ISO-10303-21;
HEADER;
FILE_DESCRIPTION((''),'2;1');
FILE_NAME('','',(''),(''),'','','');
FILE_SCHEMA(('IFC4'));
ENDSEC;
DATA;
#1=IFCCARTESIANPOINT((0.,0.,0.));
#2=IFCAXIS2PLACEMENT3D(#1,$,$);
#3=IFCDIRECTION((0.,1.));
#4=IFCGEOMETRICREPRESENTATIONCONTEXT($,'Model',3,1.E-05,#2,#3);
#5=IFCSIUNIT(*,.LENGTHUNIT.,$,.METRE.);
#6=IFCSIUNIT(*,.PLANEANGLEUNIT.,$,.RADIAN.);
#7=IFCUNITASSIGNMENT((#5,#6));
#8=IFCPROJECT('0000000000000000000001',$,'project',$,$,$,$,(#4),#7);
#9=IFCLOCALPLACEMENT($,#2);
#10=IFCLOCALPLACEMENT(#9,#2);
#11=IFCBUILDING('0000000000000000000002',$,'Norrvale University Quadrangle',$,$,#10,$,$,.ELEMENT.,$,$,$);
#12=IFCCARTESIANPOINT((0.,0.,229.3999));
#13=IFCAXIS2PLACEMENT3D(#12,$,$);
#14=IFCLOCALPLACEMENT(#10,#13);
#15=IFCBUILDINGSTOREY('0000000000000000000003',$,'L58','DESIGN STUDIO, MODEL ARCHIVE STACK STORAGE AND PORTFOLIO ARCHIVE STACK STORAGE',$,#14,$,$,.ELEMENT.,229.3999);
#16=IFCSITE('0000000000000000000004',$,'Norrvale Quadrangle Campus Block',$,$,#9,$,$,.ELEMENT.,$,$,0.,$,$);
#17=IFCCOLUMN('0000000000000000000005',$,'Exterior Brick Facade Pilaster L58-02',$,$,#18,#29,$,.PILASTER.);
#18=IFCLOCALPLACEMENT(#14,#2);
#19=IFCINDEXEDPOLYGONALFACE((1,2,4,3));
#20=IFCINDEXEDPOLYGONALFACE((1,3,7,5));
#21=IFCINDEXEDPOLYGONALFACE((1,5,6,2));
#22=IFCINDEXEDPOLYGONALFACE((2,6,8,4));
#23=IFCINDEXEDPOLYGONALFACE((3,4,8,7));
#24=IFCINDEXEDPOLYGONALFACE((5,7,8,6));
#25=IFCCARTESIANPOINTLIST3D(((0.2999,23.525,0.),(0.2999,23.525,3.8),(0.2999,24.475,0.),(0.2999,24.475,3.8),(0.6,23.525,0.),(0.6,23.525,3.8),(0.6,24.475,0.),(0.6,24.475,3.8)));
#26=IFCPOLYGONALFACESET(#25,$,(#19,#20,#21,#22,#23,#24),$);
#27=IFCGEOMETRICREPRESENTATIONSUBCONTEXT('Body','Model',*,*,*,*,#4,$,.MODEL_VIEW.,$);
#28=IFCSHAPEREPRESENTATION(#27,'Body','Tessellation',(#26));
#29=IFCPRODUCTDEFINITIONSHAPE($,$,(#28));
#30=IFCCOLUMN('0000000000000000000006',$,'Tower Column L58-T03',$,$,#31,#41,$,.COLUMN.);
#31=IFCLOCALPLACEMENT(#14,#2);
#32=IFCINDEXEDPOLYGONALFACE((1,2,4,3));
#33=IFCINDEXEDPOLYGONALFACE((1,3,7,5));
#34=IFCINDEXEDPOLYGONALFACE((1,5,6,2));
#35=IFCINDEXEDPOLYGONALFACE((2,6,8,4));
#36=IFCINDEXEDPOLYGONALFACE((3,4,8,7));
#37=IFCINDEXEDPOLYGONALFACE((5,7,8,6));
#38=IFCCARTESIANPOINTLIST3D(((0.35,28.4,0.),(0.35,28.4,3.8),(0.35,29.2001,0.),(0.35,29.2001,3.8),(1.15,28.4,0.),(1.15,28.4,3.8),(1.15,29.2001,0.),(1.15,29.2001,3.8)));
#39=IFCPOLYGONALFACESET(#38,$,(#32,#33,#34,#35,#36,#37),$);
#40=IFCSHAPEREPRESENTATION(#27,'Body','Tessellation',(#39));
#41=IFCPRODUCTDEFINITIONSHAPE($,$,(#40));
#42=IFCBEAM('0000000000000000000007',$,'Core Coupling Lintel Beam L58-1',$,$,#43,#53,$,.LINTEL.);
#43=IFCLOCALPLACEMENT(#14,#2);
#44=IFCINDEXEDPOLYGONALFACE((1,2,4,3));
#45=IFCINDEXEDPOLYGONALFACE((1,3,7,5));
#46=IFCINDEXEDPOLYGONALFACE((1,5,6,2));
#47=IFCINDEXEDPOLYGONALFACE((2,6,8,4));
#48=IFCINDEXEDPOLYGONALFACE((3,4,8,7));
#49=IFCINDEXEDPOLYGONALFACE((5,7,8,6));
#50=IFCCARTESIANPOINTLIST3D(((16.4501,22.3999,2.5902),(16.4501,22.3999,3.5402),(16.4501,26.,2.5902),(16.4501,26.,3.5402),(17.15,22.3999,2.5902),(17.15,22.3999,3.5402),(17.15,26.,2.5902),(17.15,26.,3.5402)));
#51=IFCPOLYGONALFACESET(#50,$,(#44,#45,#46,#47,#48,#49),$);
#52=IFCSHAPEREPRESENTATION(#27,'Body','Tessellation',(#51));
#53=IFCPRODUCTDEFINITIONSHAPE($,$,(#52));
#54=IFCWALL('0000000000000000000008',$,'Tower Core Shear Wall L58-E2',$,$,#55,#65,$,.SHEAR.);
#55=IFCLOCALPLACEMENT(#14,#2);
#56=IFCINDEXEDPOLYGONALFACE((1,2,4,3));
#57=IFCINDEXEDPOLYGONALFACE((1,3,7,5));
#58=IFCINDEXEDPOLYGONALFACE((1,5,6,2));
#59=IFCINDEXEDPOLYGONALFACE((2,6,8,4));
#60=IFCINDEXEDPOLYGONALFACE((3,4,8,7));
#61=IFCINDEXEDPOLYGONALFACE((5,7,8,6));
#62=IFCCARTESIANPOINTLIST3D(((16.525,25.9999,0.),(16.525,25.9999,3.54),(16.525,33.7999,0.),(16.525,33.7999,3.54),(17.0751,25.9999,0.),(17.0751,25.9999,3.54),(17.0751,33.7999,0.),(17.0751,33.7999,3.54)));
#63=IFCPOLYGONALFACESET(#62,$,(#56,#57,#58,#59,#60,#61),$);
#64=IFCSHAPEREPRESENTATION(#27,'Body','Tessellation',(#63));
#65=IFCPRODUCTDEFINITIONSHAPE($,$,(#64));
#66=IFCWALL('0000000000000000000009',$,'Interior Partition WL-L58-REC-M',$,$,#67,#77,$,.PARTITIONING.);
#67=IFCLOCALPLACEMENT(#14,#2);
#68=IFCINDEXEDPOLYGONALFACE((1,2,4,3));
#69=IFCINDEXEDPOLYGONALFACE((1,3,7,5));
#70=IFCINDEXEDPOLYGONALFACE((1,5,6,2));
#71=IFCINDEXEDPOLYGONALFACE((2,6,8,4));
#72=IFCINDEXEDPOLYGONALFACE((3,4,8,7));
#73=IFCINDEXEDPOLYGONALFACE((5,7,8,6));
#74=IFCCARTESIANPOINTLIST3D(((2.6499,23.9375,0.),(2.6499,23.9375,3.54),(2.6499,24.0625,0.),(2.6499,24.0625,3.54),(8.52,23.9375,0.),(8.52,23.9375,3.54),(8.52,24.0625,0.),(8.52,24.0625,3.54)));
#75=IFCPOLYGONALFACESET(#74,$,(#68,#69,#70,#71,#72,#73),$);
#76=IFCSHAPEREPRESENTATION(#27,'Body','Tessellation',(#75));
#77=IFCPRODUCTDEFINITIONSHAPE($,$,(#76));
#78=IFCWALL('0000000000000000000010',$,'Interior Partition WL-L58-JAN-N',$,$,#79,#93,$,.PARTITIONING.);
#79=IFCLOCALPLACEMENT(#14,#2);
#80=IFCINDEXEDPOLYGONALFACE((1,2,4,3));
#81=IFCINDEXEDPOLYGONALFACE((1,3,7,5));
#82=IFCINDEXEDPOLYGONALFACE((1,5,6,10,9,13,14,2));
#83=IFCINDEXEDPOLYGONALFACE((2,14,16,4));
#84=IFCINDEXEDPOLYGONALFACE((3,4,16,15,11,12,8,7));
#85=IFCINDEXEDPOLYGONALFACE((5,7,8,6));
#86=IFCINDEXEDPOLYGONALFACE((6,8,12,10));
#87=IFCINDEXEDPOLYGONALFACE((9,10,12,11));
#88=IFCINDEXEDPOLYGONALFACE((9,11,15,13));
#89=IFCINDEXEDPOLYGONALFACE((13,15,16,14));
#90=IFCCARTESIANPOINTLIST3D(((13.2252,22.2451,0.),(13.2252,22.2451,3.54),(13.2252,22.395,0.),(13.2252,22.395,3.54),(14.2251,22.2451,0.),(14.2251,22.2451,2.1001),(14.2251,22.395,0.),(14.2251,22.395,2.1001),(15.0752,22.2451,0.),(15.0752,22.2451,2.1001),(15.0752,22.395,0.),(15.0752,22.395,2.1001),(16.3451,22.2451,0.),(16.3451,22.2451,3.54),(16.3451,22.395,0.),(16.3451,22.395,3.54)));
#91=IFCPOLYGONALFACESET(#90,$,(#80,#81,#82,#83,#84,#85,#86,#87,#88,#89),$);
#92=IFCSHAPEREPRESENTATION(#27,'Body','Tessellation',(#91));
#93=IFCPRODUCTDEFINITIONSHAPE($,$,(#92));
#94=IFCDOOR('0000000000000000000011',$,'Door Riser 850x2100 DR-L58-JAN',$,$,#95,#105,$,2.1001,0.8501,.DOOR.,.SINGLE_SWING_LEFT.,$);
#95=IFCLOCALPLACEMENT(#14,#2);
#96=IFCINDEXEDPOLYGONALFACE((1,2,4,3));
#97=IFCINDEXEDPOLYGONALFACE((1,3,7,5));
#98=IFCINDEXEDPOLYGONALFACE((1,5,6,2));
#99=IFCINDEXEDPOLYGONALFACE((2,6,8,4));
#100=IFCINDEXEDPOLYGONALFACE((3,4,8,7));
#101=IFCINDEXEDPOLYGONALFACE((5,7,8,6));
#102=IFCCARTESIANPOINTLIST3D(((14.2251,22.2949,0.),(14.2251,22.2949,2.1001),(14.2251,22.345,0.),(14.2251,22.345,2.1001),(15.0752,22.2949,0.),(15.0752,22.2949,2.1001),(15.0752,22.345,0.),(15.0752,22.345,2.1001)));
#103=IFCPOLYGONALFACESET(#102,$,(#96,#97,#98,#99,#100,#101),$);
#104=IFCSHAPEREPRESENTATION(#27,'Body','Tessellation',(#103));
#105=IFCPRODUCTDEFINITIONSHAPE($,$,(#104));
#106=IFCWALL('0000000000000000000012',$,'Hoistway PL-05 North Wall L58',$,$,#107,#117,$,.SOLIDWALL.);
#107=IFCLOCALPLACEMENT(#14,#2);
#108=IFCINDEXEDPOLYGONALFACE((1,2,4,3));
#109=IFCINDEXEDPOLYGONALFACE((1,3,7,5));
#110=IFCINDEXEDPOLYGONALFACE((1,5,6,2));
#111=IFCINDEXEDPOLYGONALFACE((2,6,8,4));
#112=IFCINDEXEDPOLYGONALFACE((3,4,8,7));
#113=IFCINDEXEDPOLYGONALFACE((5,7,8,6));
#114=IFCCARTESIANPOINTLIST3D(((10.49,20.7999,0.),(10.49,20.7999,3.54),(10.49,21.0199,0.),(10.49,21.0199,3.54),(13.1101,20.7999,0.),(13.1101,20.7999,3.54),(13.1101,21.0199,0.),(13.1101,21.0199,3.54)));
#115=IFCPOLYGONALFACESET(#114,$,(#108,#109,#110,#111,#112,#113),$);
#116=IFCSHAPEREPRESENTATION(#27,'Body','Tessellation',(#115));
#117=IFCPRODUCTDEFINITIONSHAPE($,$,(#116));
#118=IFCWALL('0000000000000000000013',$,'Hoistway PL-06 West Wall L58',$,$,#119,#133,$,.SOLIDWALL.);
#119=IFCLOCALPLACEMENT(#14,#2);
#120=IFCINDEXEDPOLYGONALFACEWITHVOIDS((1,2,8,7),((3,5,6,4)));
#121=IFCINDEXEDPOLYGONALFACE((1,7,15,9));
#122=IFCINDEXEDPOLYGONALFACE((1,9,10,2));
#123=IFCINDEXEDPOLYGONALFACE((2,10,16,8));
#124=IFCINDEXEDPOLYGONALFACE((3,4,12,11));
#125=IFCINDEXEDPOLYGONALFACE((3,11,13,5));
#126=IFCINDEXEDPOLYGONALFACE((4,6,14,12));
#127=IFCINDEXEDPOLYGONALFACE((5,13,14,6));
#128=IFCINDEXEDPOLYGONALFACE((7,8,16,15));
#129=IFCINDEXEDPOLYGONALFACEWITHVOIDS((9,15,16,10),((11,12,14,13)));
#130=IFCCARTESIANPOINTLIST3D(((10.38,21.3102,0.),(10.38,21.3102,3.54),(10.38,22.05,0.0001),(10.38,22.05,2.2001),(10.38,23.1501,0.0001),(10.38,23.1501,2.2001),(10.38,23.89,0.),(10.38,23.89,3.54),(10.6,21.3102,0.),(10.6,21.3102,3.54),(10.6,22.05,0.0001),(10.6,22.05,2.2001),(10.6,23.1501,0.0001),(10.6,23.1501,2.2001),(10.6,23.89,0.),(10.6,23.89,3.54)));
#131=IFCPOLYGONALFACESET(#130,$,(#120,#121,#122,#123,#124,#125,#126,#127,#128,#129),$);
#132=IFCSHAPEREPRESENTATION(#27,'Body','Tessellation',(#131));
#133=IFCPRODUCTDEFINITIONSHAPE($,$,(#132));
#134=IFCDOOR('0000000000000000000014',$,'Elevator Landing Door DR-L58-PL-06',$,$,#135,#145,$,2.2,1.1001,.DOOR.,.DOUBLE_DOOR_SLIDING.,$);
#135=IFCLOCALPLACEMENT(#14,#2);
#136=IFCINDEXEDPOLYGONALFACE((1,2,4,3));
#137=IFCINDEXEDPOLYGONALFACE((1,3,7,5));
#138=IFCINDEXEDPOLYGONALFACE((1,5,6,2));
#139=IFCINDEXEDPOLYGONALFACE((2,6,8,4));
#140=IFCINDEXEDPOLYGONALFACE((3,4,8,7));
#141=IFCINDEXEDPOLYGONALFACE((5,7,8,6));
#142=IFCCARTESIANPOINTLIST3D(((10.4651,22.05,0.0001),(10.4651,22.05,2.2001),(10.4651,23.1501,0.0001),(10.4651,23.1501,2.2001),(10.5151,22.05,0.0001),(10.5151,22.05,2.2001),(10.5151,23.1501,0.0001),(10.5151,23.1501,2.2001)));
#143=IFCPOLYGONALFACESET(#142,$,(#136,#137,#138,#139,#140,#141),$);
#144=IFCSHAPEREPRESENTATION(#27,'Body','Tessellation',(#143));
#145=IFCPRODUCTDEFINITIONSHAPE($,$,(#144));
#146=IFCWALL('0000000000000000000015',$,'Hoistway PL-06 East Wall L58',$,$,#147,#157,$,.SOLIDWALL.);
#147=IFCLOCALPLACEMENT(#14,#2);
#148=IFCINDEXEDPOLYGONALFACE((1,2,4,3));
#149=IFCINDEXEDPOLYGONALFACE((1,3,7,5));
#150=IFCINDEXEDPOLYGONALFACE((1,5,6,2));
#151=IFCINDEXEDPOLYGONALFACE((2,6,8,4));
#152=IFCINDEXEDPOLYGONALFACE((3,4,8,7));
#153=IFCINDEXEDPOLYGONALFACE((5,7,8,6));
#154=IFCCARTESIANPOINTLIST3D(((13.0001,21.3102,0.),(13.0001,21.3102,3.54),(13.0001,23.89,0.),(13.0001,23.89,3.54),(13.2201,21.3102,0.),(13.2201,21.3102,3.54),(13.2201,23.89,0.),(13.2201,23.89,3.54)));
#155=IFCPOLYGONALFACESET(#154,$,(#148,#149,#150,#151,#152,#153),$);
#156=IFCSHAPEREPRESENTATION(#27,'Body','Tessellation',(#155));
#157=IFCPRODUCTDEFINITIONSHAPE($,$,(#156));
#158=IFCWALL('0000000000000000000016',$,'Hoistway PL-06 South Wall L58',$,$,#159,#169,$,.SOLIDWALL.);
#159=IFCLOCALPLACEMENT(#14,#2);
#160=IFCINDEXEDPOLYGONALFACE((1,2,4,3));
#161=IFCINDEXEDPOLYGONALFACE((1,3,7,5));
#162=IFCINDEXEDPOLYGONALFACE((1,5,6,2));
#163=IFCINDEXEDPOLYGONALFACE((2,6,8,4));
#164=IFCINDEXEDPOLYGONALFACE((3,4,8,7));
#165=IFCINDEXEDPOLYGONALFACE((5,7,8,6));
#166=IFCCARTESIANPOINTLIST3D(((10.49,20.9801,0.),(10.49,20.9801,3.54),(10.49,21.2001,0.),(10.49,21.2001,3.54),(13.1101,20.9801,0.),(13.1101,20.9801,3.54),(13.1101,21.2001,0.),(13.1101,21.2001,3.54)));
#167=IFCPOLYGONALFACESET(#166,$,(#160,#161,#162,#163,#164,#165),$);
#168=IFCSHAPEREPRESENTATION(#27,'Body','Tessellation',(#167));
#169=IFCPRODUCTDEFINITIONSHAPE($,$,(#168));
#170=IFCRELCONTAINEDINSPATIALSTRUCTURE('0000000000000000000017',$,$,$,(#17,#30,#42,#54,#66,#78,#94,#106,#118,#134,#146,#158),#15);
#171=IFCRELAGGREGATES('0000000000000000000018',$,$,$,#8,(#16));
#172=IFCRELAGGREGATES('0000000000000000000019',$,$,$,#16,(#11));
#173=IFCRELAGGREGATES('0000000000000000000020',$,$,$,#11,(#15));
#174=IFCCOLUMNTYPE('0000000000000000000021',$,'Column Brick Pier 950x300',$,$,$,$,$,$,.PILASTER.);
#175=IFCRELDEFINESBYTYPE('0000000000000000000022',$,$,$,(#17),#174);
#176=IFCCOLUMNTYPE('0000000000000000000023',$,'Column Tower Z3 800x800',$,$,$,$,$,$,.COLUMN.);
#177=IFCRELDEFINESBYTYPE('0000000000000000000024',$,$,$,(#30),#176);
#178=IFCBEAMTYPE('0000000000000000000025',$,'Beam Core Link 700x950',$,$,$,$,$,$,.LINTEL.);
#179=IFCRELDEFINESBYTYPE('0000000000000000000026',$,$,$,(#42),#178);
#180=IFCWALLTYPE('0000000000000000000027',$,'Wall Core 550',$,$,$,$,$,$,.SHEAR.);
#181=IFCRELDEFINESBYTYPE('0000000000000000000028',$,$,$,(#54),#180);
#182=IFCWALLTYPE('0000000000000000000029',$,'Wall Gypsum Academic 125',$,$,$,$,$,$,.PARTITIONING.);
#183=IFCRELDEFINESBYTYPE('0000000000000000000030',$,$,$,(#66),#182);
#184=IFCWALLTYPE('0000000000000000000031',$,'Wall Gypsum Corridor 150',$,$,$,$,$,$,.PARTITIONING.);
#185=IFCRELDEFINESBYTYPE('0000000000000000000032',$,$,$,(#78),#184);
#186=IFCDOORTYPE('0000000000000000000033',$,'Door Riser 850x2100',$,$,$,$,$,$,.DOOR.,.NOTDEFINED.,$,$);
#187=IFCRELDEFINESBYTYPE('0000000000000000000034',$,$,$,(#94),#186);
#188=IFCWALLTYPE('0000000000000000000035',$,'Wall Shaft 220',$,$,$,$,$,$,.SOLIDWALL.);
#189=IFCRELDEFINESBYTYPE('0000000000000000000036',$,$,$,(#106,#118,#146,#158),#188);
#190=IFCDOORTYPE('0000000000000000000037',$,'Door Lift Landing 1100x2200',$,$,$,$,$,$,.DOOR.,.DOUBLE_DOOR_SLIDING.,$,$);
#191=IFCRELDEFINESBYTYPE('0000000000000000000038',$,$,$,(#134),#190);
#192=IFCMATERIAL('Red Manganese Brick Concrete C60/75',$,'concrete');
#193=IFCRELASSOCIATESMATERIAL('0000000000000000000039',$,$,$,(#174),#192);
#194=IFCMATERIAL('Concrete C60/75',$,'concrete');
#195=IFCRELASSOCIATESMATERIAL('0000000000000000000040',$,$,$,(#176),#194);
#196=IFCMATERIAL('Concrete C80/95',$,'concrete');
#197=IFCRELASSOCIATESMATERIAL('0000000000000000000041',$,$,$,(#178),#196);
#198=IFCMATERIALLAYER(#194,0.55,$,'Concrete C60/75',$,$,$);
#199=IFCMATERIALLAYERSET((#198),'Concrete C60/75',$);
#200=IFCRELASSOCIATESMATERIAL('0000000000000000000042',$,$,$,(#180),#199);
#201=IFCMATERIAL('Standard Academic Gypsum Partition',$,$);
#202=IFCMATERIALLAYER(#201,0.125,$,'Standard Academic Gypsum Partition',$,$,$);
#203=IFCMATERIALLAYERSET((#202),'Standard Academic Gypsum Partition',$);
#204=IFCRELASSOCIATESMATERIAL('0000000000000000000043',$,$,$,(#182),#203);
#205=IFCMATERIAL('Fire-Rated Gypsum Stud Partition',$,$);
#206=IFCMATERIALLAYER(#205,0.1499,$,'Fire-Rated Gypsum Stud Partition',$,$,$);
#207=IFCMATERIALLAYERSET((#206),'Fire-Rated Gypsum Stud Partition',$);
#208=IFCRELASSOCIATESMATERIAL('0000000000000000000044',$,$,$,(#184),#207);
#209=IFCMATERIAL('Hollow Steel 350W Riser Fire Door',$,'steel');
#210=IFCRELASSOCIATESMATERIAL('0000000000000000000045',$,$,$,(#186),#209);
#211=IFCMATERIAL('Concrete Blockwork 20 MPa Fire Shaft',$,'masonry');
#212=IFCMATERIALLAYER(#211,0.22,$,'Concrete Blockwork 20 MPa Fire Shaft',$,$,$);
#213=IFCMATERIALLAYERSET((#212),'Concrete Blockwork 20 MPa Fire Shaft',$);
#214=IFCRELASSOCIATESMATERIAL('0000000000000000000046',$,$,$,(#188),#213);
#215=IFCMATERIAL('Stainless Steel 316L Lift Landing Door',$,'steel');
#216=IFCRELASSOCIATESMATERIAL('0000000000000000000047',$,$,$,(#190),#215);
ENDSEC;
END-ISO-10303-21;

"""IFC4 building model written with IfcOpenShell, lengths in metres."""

from ifc_helpers import new_model, si_unit, direction, frame, frame_2d, origin, origin_2d, place, context, subcontext, project, spatial, rectangle, extrude, material, layer, layer_set, material_profile, profile_set, type_object, element, fill, save


model = new_model("IFC4")

# Units and contexts
model_context = context("Model", 3, precision=1e-05, world=origin(), true_north=direction((0.0, 1.0)))
body_context = subcontext(model_context, "Body", "Model", "MODEL_VIEW")
ifc_project = project(units=[si_unit("LENGTHUNIT", "METRE"), si_unit("PLANEANGLEUNIT", "RADIAN")], contexts=[model_context])

# Site, building, storey
site_placement = place(None, origin())
site = spatial("IfcSite", under=ifc_project, at=site_placement, Name="Norrvale Quadrangle Campus Block", CompositionType="ELEMENT", RefElevation=0.0)
building_placement = place(site_placement, origin())
building = spatial("IfcBuilding", under=site, at=building_placement, Name="Norrvale University Quadrangle", CompositionType="ELEMENT")
storey_placement = place(building_placement, frame((0.0, 0.0, 229.3999)))
storey = spatial("IfcBuildingStorey", under=building, at=storey_placement, Name="L58", Description="DESIGN STUDIO, MODEL ARCHIVE STACK STORAGE AND PORTFOLIO ARCHIVE STACK STORAGE", CompositionType="ELEMENT", Elevation=229.3999)

# Columns
ifc_material_1 = material(Name="Red Manganese Brick Concrete C60/75", Category="concrete")
ifc_material_profile_1 = material_profile(ifc_material_1, rectangle(XDim=0.95, YDim=0.3, at=origin_2d()), Name="Red Manganese Brick Concrete C60/75")
ifc_profile_set_1 = profile_set([ifc_material_profile_1], Name="Red Manganese Brick Concrete C60/75")
column_type_1 = type_object("IfcColumnType", Name="Column Brick Pier 950x300", PredefinedType="PILASTER", material=ifc_profile_set_1)
column_1_placement = place(storey_placement, frame((0.45, 24.0, 0.0), z_axis=(0.0, 0.0, 1.0), x_axis=(0.0, 1.0, 0.0)))
element("IfcColumn", 1, at=column_1_placement, inside=storey, type_object=column_type_1, Name="Exterior Brick Facade Pilaster L58-02", PredefinedType="PILASTER", context=body_context, shape_type="SweptSolid", body=[
    extrude(rectangle(XDim=0.95, YDim=0.3, at=origin_2d()), origin(), (0.0, 0.0, 1.0), 3.8),
])
ifc_material_2 = material(Name="Concrete C60/75", Category="concrete")
ifc_material_profile_2 = material_profile(ifc_material_2, rectangle(XDim=0.8, YDim=0.8, at=origin_2d()), Name="Concrete C60/75")
ifc_profile_set_2 = profile_set([ifc_material_profile_2], Name="Concrete C60/75")
column_type_2 = type_object("IfcColumnType", Name="Column Tower Z3 800x800", PredefinedType="COLUMN", material=ifc_profile_set_2)
column_2_placement = place(storey_placement, frame((0.75, 28.8, 0.0), z_axis=(0.0, 0.0, 1.0), x_axis=(1.0, 0.0, 0.0)))
element("IfcColumn", 2, at=column_2_placement, inside=storey, type_object=column_type_2, Name="Tower Column L58-T03", PredefinedType="COLUMN", context=body_context, shape_type="SweptSolid", body=[
    extrude(rectangle(XDim=0.8, YDim=0.8, at=origin_2d()), origin(), (0.0, 0.0, 1.0), 3.8),
])

# Beam
ifc_material_3 = material(Name="Concrete C80/95", Category="concrete")
ifc_material_profile_3 = material_profile(ifc_material_3, rectangle(XDim=0.7, YDim=0.95, at=origin_2d()), Name="Concrete C80/95")
ifc_profile_set_3 = profile_set([ifc_material_profile_3], Name="Concrete C80/95")
beam_type = type_object("IfcBeamType", Name="Beam Core Link 700x950", PredefinedType="LINTEL", material=ifc_profile_set_3)
beam_placement = place(storey_placement, frame((16.8, 22.3999, 3.0652), z_axis=(0.0, 1.0, 0.0), x_axis=(-1.0, 0.0, 0.0)))
element("IfcBeam", 3, at=beam_placement, inside=storey, type_object=beam_type, Name="Core Coupling Lintel Beam L58-1", PredefinedType="LINTEL", context=body_context, shape_type="SweptSolid", body=[
    extrude(rectangle(XDim=0.7, YDim=0.95, at=origin_2d()), origin(), (0.0, 0.0, 1.0), 3.6001),
])

# Walls
ifc_layer_1 = layer(ifc_material_2, 0.55, Name="Concrete C60/75")
ifc_layer_set_1 = layer_set([ifc_layer_1], Name="Concrete C60/75")
wall_type_1 = type_object("IfcWallType", Name="Wall Core 550", PredefinedType="SHEAR", material=ifc_layer_set_1)
wall_1_placement = place(storey_placement, frame((16.8, 26.0, 0.0), z_axis=(0.0, 0.0, 1.0), x_axis=(0.0, 1.0, 0.0)))
element("IfcWall", 4, at=wall_1_placement, inside=storey, type_object=wall_type_1, Name="Tower Core Shear Wall L58-E2", PredefinedType="SHEAR", context=body_context, shape_type="SweptSolid", body=[
    extrude(rectangle(XDim=7.8, YDim=0.55, at=frame_2d((3.8999, 0.0))), origin(), (0.0, 0.0, 1.0), 3.54),
])
ifc_material_4 = material(Name="Standard Academic Gypsum Partition")
ifc_layer_2 = layer(ifc_material_4, 0.125, Name="Standard Academic Gypsum Partition")
ifc_layer_set_2 = layer_set([ifc_layer_2], Name="Standard Academic Gypsum Partition")
wall_type_2 = type_object("IfcWallType", Name="Wall Gypsum Academic 125", PredefinedType="PARTITIONING", material=ifc_layer_set_2)
wall_2_placement = place(storey_placement, frame((2.6499, 24.0, 0.0), z_axis=(0.0, 0.0, 1.0), x_axis=(1.0, 0.0, 0.0)))
element("IfcWall", 5, at=wall_2_placement, inside=storey, type_object=wall_type_2, Name="Interior Partition WL-L58-REC-M", PredefinedType="PARTITIONING", context=body_context, shape_type="SweptSolid", body=[
    extrude(rectangle(XDim=5.8701, YDim=0.125, at=frame_2d((2.9351, 0.0))), origin(), (0.0, 0.0, 1.0), 3.54),
])

# Wall, opening, door
ifc_material_5 = material(Name="Fire-Rated Gypsum Stud Partition")
ifc_layer_3 = layer(ifc_material_5, 0.1499, Name="Fire-Rated Gypsum Stud Partition")
ifc_layer_set_3 = layer_set([ifc_layer_3], Name="Fire-Rated Gypsum Stud Partition")
wall_type_3 = type_object("IfcWallType", Name="Wall Gypsum Corridor 150", PredefinedType="PARTITIONING", material=ifc_layer_set_3)
wall_3_placement = place(storey_placement, frame((13.2251, 22.3201, 0.0), z_axis=(0.0, 0.0, 1.0), x_axis=(1.0, 0.0, 0.0)))
wall_3 = element("IfcWall", 6, at=wall_3_placement, inside=storey, type_object=wall_type_3, Name="Interior Partition WL-L58-JAN-N", PredefinedType="PARTITIONING", context=body_context, shape_type="SweptSolid", body=[
    extrude(rectangle(XDim=3.1199, YDim=0.1499, at=frame_2d((1.5601, 0.0))), origin(), (0.0, 0.0, 1.0), 3.54),
])
opening_1_placement = place(wall_3_placement, frame((1.0, 0.0, 0.0)))
opening_1 = element("IfcOpeningElement", 7, at=opening_1_placement, cuts=wall_3, PredefinedType="OPENING", context=body_context, shape_type="SweptSolid", body=[
    extrude(rectangle(XDim=0.8501, YDim=2.1001, at=frame_2d((0.425, 1.05))), frame((0.0, 0.0869, 0.0), z_axis=(0.0, -1.0, 0.0), x_axis=(1.0, 0.0, 0.0)), (0.0, 0.0, 1.0), 0.1738),
])
ifc_material_6 = material(Name="Hollow Steel 350W Riser Fire Door", Category="steel")
door_type_1 = type_object("IfcDoorType", Name="Door Riser 850x2100", OperationType="NOTDEFINED", PredefinedType="DOOR", material=ifc_material_6)
door_1_placement = place(opening_1_placement, origin())
door_1 = element("IfcDoor", 8, at=door_1_placement, inside=storey, type_object=door_type_1, Name="Door Riser 850x2100 DR-L58-JAN", OperationType="SINGLE_SWING_LEFT", OverallHeight=2.1001, OverallWidth=0.8501, PredefinedType="DOOR", context=body_context, shape_type="SweptSolid", body=[
    extrude(rectangle(XDim=0.8501, YDim=2.1001, at=frame_2d((0.425, 1.05))), frame((0.0, 0.0249, 0.0), z_axis=(0.0, -1.0, 0.0), x_axis=(1.0, 0.0, 0.0)), (0.0, 0.0, 1.0), 0.05),
])
fill(opening_1, door_1)

# Wall
ifc_material_7 = material(Name="Concrete Blockwork 20 MPa Fire Shaft", Category="masonry")
ifc_layer_4 = layer(ifc_material_7, 0.22, Name="Concrete Blockwork 20 MPa Fire Shaft")
ifc_layer_set_4 = layer_set([ifc_layer_4], Name="Concrete Blockwork 20 MPa Fire Shaft")
wall_type_4 = type_object("IfcWallType", Name="Wall Shaft 220", PredefinedType="SOLIDWALL", material=ifc_layer_set_4)
wall_4_placement = place(storey_placement, frame((10.49, 20.9099, 0.0), z_axis=(0.0, 0.0, 1.0), x_axis=(1.0, 0.0, 0.0)))
element("IfcWall", 9, at=wall_4_placement, inside=storey, type_object=wall_type_4, Name="Hoistway PL-05 North Wall L58", PredefinedType="SOLIDWALL", context=body_context, shape_type="SweptSolid", body=[
    extrude(rectangle(XDim=2.6201, YDim=0.22, at=frame_2d((1.3101, 0.0))), origin(), (0.0, 0.0, 1.0), 3.54),
])

# Wall, opening, door
wall_5_placement = place(storey_placement, frame((10.49, 21.3101, 0.0), z_axis=(0.0, 0.0, 1.0), x_axis=(0.0, 1.0, 0.0)))
wall_5 = element("IfcWall", 10, at=wall_5_placement, inside=storey, type_object=wall_type_4, Name="Hoistway PL-06 West Wall L58", PredefinedType="SOLIDWALL", context=body_context, shape_type="SweptSolid", body=[
    extrude(rectangle(XDim=2.5798, YDim=0.22, at=frame_2d((1.29, 0.0))), origin(), (0.0, 0.0, 1.0), 3.54),
])
opening_2_placement = place(wall_5_placement, frame((0.74, 0.0, 0.0)))
opening_2 = element("IfcOpeningElement", 11, at=opening_2_placement, cuts=wall_5, PredefinedType="OPENING", context=body_context, shape_type="SweptSolid", body=[
    extrude(rectangle(XDim=1.1001, YDim=2.2, at=frame_2d((0.55, 1.1001))), frame((0.0, 0.1221, 0.0), z_axis=(0.0, -1.0, 0.0), x_axis=(1.0, 0.0, 0.0)), (0.0, 0.0, 1.0), 0.2439),
])
ifc_material_8 = material(Name="Stainless Steel 316L Lift Landing Door", Category="steel")
door_type_2 = type_object("IfcDoorType", Name="Door Lift Landing 1100x2200", OperationType="DOUBLE_DOOR_SLIDING", PredefinedType="DOOR", material=ifc_material_8)
door_2_placement = place(opening_2_placement, origin())
door_2 = element("IfcDoor", 12, at=door_2_placement, inside=storey, type_object=door_type_2, Name="Elevator Landing Door DR-L58-PL-06", OperationType="DOUBLE_DOOR_SLIDING", OverallHeight=2.2, OverallWidth=1.1001, PredefinedType="DOOR", context=body_context, shape_type="SweptSolid", body=[
    extrude(rectangle(XDim=1.1001, YDim=2.2, at=frame_2d((0.55, 1.1001))), frame((0.0, 0.0249, 0.0), z_axis=(0.0, -1.0, 0.0), x_axis=(1.0, 0.0, 0.0)), (0.0, 0.0, 1.0), 0.05),
])
fill(opening_2, door_2)

# Walls
wall_6_placement = place(storey_placement, frame((13.1101, 21.3101, 0.0), z_axis=(0.0, 0.0, 1.0), x_axis=(0.0, 1.0, 0.0)))
element("IfcWall", 13, at=wall_6_placement, inside=storey, type_object=wall_type_4, Name="Hoistway PL-06 East Wall L58", PredefinedType="SOLIDWALL", context=body_context, shape_type="SweptSolid", body=[
    extrude(rectangle(XDim=2.5798, YDim=0.22, at=frame_2d((1.29, 0.0))), origin(), (0.0, 0.0, 1.0), 3.54),
])
for number, where, z_axis, x_axis, name in (
    (14, (10.49, 21.0901, 0.0), (0.0, 0.0, 1.0), (1.0, 0.0, 0.0), "Hoistway PL-06 South Wall L58"),
):
    element("IfcWall", number, at=place(storey_placement, frame(where, z_axis=z_axis, x_axis=x_axis)), inside=storey, type_object=wall_type_4, Name=name, PredefinedType="SOLIDWALL", context=body_context, shape_type="SweptSolid", body=[
        extrude(rectangle(XDim=2.6201, YDim=0.22, at=frame_2d((1.3101, 0.0))), origin(), (0.0, 0.0, 1.0), 3.54),
    ])

save(model, "model.ifc")
